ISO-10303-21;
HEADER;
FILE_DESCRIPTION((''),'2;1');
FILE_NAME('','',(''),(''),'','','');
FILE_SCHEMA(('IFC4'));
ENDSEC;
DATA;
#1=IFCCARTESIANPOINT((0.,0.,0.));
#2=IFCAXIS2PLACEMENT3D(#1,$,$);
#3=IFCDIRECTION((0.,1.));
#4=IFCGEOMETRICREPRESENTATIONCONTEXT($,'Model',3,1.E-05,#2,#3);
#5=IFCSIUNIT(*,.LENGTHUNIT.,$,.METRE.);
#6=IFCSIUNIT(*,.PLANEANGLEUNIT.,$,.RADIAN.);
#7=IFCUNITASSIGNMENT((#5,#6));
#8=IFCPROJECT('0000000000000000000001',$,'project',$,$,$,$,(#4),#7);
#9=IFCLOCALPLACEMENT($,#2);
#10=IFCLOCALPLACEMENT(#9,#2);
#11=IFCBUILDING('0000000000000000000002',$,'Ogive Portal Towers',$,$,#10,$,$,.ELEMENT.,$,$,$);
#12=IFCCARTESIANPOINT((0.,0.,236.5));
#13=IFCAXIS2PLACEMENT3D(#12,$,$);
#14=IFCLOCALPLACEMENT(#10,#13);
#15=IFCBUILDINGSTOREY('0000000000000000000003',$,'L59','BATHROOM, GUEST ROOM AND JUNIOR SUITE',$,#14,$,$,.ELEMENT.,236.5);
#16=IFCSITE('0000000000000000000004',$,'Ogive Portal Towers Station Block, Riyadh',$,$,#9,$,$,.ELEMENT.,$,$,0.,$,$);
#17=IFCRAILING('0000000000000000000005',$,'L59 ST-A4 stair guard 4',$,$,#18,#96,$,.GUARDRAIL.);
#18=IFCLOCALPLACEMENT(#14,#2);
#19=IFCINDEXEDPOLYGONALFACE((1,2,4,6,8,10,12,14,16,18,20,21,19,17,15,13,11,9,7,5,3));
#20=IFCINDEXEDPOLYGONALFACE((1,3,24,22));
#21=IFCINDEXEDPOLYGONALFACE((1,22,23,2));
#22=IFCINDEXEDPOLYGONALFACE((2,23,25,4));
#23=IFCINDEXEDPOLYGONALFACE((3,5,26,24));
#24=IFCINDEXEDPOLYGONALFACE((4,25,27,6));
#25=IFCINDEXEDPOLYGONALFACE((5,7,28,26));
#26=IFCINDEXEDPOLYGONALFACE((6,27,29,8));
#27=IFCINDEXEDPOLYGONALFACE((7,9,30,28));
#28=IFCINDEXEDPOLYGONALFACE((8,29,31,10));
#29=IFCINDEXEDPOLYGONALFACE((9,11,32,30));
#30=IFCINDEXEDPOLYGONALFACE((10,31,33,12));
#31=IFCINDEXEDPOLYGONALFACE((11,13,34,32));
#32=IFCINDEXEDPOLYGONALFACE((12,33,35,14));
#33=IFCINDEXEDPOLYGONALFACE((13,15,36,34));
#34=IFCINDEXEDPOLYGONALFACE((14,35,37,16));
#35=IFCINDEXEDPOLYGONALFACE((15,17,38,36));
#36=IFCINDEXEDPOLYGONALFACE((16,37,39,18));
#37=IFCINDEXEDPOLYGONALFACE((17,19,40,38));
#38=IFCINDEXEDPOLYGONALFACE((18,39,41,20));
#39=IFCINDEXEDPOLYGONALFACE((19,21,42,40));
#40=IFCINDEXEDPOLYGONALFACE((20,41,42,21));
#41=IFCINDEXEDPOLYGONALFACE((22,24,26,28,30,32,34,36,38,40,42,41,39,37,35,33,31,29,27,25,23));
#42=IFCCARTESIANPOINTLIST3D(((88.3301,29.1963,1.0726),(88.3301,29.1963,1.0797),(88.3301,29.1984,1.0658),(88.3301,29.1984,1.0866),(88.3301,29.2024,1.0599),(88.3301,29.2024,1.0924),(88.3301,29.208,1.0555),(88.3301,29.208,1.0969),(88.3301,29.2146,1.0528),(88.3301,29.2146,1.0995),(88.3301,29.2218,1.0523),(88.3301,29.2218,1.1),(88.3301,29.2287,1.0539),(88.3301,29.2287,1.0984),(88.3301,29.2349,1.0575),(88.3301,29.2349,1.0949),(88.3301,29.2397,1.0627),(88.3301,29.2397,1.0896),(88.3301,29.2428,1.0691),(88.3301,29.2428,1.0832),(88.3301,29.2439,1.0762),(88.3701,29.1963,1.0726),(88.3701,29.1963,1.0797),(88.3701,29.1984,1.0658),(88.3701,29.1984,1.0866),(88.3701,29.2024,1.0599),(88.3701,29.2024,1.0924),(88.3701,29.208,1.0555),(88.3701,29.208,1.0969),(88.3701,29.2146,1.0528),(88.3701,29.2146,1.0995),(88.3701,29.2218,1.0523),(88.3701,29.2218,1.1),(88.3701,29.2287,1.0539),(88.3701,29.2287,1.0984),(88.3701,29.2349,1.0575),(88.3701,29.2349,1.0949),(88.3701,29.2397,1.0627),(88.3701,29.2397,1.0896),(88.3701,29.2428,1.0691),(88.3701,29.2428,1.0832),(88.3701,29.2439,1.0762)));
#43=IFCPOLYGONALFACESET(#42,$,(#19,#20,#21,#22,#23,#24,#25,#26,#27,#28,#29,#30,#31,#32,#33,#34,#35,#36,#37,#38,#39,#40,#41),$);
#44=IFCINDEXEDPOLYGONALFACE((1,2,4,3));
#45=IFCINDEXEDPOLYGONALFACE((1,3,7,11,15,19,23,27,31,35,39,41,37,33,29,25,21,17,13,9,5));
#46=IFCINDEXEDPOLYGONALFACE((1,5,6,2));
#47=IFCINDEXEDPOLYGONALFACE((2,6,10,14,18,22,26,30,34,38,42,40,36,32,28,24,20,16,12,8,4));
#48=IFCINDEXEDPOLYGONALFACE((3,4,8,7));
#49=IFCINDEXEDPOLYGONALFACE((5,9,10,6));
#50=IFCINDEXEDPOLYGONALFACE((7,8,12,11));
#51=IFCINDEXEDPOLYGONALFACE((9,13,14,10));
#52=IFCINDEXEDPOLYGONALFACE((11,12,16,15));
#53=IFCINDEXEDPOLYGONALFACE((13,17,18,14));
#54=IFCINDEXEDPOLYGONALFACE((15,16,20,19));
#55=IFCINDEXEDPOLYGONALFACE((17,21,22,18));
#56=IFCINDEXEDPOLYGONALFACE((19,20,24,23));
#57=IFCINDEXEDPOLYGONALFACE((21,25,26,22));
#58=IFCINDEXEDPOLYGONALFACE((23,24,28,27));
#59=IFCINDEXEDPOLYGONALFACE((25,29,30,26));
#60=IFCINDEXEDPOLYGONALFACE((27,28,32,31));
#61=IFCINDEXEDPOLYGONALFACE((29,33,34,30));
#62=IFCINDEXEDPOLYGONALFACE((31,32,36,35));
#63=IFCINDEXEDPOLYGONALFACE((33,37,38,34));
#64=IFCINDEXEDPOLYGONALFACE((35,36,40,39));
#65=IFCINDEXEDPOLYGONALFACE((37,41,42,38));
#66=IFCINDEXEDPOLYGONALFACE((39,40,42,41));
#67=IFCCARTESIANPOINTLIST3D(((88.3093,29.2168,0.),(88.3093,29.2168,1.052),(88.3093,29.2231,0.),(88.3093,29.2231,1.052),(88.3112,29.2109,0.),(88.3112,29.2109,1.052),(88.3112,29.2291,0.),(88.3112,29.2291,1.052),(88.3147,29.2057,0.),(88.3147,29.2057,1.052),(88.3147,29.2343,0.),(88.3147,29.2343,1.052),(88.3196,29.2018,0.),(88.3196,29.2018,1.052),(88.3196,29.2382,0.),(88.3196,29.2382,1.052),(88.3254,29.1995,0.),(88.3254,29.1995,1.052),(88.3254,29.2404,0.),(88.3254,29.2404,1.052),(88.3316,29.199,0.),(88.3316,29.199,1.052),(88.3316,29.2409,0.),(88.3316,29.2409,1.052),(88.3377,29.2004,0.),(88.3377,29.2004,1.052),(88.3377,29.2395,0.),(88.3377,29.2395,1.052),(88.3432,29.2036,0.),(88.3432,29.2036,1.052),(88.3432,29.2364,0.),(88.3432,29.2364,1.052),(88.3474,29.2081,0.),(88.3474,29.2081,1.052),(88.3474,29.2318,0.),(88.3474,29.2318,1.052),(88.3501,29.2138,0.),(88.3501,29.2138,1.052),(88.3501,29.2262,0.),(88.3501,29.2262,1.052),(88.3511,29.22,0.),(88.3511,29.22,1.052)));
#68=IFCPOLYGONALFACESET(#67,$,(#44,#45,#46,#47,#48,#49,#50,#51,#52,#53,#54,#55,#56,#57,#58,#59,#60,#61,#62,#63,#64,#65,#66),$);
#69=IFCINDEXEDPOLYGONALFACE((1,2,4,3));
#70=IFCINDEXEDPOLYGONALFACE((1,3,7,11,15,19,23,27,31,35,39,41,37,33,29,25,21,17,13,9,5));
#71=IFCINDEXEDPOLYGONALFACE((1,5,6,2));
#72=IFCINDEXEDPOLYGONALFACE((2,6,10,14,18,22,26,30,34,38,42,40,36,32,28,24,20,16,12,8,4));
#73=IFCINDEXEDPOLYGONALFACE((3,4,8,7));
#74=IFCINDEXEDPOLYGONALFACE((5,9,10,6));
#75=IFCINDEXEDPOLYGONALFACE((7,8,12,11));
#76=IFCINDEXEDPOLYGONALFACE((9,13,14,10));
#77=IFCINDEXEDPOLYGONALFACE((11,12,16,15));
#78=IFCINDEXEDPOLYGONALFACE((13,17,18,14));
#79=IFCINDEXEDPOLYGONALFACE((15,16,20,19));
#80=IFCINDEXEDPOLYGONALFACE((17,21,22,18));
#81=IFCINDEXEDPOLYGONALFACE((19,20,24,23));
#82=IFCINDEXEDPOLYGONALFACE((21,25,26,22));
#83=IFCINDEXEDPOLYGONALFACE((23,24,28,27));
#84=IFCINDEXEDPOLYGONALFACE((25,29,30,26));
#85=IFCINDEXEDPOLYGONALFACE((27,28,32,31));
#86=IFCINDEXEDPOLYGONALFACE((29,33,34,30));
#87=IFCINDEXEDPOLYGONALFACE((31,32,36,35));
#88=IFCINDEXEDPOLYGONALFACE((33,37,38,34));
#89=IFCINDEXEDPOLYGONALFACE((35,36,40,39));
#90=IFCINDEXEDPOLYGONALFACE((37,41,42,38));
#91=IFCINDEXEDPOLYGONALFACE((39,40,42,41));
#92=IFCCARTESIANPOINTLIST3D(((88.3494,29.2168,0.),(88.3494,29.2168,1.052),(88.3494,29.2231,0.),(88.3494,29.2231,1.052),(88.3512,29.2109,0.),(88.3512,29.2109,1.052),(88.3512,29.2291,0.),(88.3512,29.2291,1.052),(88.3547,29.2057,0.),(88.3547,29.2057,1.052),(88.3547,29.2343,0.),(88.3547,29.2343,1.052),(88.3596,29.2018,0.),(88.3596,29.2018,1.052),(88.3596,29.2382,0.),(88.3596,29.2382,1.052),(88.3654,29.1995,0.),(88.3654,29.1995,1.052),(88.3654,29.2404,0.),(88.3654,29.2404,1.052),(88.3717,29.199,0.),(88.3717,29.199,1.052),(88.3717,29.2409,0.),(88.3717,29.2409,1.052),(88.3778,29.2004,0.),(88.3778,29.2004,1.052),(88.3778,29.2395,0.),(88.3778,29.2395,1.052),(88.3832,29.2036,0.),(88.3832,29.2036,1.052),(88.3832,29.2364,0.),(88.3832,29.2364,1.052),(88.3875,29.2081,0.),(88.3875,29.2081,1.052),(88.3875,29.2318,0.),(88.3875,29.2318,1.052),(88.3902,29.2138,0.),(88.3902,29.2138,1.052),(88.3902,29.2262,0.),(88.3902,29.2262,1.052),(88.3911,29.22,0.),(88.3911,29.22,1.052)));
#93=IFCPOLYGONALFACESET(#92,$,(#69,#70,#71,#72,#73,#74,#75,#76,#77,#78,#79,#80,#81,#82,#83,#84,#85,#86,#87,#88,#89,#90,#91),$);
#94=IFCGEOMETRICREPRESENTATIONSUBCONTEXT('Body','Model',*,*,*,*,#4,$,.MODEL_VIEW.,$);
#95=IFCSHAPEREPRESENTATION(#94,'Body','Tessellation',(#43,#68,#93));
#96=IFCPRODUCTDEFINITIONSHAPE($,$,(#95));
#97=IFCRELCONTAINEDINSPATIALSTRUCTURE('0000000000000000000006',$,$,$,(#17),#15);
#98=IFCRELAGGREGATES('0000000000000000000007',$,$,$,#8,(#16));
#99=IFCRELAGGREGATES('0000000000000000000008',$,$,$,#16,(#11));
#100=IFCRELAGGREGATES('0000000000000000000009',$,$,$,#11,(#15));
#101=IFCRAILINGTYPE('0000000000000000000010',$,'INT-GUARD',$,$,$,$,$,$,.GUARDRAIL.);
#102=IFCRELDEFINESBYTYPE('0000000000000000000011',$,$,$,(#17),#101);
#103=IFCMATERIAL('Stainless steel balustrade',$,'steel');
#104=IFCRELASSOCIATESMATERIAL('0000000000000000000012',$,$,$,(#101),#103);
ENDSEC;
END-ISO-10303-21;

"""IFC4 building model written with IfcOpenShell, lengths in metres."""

from ifc_helpers import new_model, si_unit, direction, frame, origin, origin_2d, place, context, subcontext, project, spatial, circle, extrude, material, type_object, element, save


model = new_model("IFC4")

# Units and contexts
model_context = context("Model", 3, precision=1e-05, world=origin(), true_north=direction((0.0, 1.0)))
body_context = subcontext(model_context, "Body", "Model", "MODEL_VIEW")
ifc_project = project(units=[si_unit("LENGTHUNIT", "METRE"), si_unit("PLANEANGLEUNIT", "RADIAN")], contexts=[model_context])

# Site, building, storey
site_placement = place(None, origin())
site = spatial("IfcSite", under=ifc_project, at=site_placement, Name="Ogive Portal Towers Station Block, Riyadh", CompositionType="ELEMENT", RefElevation=0.0)
building_placement = place(site_placement, origin())
building = spatial("IfcBuilding", under=site, at=building_placement, Name="Ogive Portal Towers", CompositionType="ELEMENT")
storey_placement = place(building_placement, frame((0.0, 0.0, 236.5)))
storey = spatial("IfcBuildingStorey", under=building, at=storey_placement, Name="L59", Description="BATHROOM, GUEST ROOM AND JUNIOR SUITE", CompositionType="ELEMENT", Elevation=236.5)

# Railing
ifc_material_1 = material(Name="Stainless steel balustrade", Category="steel")
railing_type_1 = type_object("IfcRailingType", Name="INT-GUARD", PredefinedType="GUARDRAIL", material=ifc_material_1)
railing_1_placement = place(storey_placement, frame((88.3301, 29.22, 0.0)))
element("IfcRailing", 1, at=railing_1_placement, inside=storey, type_object=railing_type_1, Name="L59 ST-A4 stair guard 4", PredefinedType="GUARDRAIL", context=body_context, shape_type="SweptSolid", body=[
    extrude(circle(Radius=0.0239, at=origin_2d()), frame((0.0, 0.0, 1.0762), z_axis=(1.0, 0.0, 0.0), x_axis=(0.0, 1.0, 0.0)), (0.0, 0.0, 1.0), 0.04),
    extrude(circle(Radius=0.021, at=origin_2d()), origin(), (0.0, 0.0, 1.0), 1.052),
    extrude(circle(Radius=0.021, at=origin_2d()), frame((0.04, 0.0, 0.0)), (0.0, 0.0, 1.0), 1.052),
])

save(model, "model.ifc")
